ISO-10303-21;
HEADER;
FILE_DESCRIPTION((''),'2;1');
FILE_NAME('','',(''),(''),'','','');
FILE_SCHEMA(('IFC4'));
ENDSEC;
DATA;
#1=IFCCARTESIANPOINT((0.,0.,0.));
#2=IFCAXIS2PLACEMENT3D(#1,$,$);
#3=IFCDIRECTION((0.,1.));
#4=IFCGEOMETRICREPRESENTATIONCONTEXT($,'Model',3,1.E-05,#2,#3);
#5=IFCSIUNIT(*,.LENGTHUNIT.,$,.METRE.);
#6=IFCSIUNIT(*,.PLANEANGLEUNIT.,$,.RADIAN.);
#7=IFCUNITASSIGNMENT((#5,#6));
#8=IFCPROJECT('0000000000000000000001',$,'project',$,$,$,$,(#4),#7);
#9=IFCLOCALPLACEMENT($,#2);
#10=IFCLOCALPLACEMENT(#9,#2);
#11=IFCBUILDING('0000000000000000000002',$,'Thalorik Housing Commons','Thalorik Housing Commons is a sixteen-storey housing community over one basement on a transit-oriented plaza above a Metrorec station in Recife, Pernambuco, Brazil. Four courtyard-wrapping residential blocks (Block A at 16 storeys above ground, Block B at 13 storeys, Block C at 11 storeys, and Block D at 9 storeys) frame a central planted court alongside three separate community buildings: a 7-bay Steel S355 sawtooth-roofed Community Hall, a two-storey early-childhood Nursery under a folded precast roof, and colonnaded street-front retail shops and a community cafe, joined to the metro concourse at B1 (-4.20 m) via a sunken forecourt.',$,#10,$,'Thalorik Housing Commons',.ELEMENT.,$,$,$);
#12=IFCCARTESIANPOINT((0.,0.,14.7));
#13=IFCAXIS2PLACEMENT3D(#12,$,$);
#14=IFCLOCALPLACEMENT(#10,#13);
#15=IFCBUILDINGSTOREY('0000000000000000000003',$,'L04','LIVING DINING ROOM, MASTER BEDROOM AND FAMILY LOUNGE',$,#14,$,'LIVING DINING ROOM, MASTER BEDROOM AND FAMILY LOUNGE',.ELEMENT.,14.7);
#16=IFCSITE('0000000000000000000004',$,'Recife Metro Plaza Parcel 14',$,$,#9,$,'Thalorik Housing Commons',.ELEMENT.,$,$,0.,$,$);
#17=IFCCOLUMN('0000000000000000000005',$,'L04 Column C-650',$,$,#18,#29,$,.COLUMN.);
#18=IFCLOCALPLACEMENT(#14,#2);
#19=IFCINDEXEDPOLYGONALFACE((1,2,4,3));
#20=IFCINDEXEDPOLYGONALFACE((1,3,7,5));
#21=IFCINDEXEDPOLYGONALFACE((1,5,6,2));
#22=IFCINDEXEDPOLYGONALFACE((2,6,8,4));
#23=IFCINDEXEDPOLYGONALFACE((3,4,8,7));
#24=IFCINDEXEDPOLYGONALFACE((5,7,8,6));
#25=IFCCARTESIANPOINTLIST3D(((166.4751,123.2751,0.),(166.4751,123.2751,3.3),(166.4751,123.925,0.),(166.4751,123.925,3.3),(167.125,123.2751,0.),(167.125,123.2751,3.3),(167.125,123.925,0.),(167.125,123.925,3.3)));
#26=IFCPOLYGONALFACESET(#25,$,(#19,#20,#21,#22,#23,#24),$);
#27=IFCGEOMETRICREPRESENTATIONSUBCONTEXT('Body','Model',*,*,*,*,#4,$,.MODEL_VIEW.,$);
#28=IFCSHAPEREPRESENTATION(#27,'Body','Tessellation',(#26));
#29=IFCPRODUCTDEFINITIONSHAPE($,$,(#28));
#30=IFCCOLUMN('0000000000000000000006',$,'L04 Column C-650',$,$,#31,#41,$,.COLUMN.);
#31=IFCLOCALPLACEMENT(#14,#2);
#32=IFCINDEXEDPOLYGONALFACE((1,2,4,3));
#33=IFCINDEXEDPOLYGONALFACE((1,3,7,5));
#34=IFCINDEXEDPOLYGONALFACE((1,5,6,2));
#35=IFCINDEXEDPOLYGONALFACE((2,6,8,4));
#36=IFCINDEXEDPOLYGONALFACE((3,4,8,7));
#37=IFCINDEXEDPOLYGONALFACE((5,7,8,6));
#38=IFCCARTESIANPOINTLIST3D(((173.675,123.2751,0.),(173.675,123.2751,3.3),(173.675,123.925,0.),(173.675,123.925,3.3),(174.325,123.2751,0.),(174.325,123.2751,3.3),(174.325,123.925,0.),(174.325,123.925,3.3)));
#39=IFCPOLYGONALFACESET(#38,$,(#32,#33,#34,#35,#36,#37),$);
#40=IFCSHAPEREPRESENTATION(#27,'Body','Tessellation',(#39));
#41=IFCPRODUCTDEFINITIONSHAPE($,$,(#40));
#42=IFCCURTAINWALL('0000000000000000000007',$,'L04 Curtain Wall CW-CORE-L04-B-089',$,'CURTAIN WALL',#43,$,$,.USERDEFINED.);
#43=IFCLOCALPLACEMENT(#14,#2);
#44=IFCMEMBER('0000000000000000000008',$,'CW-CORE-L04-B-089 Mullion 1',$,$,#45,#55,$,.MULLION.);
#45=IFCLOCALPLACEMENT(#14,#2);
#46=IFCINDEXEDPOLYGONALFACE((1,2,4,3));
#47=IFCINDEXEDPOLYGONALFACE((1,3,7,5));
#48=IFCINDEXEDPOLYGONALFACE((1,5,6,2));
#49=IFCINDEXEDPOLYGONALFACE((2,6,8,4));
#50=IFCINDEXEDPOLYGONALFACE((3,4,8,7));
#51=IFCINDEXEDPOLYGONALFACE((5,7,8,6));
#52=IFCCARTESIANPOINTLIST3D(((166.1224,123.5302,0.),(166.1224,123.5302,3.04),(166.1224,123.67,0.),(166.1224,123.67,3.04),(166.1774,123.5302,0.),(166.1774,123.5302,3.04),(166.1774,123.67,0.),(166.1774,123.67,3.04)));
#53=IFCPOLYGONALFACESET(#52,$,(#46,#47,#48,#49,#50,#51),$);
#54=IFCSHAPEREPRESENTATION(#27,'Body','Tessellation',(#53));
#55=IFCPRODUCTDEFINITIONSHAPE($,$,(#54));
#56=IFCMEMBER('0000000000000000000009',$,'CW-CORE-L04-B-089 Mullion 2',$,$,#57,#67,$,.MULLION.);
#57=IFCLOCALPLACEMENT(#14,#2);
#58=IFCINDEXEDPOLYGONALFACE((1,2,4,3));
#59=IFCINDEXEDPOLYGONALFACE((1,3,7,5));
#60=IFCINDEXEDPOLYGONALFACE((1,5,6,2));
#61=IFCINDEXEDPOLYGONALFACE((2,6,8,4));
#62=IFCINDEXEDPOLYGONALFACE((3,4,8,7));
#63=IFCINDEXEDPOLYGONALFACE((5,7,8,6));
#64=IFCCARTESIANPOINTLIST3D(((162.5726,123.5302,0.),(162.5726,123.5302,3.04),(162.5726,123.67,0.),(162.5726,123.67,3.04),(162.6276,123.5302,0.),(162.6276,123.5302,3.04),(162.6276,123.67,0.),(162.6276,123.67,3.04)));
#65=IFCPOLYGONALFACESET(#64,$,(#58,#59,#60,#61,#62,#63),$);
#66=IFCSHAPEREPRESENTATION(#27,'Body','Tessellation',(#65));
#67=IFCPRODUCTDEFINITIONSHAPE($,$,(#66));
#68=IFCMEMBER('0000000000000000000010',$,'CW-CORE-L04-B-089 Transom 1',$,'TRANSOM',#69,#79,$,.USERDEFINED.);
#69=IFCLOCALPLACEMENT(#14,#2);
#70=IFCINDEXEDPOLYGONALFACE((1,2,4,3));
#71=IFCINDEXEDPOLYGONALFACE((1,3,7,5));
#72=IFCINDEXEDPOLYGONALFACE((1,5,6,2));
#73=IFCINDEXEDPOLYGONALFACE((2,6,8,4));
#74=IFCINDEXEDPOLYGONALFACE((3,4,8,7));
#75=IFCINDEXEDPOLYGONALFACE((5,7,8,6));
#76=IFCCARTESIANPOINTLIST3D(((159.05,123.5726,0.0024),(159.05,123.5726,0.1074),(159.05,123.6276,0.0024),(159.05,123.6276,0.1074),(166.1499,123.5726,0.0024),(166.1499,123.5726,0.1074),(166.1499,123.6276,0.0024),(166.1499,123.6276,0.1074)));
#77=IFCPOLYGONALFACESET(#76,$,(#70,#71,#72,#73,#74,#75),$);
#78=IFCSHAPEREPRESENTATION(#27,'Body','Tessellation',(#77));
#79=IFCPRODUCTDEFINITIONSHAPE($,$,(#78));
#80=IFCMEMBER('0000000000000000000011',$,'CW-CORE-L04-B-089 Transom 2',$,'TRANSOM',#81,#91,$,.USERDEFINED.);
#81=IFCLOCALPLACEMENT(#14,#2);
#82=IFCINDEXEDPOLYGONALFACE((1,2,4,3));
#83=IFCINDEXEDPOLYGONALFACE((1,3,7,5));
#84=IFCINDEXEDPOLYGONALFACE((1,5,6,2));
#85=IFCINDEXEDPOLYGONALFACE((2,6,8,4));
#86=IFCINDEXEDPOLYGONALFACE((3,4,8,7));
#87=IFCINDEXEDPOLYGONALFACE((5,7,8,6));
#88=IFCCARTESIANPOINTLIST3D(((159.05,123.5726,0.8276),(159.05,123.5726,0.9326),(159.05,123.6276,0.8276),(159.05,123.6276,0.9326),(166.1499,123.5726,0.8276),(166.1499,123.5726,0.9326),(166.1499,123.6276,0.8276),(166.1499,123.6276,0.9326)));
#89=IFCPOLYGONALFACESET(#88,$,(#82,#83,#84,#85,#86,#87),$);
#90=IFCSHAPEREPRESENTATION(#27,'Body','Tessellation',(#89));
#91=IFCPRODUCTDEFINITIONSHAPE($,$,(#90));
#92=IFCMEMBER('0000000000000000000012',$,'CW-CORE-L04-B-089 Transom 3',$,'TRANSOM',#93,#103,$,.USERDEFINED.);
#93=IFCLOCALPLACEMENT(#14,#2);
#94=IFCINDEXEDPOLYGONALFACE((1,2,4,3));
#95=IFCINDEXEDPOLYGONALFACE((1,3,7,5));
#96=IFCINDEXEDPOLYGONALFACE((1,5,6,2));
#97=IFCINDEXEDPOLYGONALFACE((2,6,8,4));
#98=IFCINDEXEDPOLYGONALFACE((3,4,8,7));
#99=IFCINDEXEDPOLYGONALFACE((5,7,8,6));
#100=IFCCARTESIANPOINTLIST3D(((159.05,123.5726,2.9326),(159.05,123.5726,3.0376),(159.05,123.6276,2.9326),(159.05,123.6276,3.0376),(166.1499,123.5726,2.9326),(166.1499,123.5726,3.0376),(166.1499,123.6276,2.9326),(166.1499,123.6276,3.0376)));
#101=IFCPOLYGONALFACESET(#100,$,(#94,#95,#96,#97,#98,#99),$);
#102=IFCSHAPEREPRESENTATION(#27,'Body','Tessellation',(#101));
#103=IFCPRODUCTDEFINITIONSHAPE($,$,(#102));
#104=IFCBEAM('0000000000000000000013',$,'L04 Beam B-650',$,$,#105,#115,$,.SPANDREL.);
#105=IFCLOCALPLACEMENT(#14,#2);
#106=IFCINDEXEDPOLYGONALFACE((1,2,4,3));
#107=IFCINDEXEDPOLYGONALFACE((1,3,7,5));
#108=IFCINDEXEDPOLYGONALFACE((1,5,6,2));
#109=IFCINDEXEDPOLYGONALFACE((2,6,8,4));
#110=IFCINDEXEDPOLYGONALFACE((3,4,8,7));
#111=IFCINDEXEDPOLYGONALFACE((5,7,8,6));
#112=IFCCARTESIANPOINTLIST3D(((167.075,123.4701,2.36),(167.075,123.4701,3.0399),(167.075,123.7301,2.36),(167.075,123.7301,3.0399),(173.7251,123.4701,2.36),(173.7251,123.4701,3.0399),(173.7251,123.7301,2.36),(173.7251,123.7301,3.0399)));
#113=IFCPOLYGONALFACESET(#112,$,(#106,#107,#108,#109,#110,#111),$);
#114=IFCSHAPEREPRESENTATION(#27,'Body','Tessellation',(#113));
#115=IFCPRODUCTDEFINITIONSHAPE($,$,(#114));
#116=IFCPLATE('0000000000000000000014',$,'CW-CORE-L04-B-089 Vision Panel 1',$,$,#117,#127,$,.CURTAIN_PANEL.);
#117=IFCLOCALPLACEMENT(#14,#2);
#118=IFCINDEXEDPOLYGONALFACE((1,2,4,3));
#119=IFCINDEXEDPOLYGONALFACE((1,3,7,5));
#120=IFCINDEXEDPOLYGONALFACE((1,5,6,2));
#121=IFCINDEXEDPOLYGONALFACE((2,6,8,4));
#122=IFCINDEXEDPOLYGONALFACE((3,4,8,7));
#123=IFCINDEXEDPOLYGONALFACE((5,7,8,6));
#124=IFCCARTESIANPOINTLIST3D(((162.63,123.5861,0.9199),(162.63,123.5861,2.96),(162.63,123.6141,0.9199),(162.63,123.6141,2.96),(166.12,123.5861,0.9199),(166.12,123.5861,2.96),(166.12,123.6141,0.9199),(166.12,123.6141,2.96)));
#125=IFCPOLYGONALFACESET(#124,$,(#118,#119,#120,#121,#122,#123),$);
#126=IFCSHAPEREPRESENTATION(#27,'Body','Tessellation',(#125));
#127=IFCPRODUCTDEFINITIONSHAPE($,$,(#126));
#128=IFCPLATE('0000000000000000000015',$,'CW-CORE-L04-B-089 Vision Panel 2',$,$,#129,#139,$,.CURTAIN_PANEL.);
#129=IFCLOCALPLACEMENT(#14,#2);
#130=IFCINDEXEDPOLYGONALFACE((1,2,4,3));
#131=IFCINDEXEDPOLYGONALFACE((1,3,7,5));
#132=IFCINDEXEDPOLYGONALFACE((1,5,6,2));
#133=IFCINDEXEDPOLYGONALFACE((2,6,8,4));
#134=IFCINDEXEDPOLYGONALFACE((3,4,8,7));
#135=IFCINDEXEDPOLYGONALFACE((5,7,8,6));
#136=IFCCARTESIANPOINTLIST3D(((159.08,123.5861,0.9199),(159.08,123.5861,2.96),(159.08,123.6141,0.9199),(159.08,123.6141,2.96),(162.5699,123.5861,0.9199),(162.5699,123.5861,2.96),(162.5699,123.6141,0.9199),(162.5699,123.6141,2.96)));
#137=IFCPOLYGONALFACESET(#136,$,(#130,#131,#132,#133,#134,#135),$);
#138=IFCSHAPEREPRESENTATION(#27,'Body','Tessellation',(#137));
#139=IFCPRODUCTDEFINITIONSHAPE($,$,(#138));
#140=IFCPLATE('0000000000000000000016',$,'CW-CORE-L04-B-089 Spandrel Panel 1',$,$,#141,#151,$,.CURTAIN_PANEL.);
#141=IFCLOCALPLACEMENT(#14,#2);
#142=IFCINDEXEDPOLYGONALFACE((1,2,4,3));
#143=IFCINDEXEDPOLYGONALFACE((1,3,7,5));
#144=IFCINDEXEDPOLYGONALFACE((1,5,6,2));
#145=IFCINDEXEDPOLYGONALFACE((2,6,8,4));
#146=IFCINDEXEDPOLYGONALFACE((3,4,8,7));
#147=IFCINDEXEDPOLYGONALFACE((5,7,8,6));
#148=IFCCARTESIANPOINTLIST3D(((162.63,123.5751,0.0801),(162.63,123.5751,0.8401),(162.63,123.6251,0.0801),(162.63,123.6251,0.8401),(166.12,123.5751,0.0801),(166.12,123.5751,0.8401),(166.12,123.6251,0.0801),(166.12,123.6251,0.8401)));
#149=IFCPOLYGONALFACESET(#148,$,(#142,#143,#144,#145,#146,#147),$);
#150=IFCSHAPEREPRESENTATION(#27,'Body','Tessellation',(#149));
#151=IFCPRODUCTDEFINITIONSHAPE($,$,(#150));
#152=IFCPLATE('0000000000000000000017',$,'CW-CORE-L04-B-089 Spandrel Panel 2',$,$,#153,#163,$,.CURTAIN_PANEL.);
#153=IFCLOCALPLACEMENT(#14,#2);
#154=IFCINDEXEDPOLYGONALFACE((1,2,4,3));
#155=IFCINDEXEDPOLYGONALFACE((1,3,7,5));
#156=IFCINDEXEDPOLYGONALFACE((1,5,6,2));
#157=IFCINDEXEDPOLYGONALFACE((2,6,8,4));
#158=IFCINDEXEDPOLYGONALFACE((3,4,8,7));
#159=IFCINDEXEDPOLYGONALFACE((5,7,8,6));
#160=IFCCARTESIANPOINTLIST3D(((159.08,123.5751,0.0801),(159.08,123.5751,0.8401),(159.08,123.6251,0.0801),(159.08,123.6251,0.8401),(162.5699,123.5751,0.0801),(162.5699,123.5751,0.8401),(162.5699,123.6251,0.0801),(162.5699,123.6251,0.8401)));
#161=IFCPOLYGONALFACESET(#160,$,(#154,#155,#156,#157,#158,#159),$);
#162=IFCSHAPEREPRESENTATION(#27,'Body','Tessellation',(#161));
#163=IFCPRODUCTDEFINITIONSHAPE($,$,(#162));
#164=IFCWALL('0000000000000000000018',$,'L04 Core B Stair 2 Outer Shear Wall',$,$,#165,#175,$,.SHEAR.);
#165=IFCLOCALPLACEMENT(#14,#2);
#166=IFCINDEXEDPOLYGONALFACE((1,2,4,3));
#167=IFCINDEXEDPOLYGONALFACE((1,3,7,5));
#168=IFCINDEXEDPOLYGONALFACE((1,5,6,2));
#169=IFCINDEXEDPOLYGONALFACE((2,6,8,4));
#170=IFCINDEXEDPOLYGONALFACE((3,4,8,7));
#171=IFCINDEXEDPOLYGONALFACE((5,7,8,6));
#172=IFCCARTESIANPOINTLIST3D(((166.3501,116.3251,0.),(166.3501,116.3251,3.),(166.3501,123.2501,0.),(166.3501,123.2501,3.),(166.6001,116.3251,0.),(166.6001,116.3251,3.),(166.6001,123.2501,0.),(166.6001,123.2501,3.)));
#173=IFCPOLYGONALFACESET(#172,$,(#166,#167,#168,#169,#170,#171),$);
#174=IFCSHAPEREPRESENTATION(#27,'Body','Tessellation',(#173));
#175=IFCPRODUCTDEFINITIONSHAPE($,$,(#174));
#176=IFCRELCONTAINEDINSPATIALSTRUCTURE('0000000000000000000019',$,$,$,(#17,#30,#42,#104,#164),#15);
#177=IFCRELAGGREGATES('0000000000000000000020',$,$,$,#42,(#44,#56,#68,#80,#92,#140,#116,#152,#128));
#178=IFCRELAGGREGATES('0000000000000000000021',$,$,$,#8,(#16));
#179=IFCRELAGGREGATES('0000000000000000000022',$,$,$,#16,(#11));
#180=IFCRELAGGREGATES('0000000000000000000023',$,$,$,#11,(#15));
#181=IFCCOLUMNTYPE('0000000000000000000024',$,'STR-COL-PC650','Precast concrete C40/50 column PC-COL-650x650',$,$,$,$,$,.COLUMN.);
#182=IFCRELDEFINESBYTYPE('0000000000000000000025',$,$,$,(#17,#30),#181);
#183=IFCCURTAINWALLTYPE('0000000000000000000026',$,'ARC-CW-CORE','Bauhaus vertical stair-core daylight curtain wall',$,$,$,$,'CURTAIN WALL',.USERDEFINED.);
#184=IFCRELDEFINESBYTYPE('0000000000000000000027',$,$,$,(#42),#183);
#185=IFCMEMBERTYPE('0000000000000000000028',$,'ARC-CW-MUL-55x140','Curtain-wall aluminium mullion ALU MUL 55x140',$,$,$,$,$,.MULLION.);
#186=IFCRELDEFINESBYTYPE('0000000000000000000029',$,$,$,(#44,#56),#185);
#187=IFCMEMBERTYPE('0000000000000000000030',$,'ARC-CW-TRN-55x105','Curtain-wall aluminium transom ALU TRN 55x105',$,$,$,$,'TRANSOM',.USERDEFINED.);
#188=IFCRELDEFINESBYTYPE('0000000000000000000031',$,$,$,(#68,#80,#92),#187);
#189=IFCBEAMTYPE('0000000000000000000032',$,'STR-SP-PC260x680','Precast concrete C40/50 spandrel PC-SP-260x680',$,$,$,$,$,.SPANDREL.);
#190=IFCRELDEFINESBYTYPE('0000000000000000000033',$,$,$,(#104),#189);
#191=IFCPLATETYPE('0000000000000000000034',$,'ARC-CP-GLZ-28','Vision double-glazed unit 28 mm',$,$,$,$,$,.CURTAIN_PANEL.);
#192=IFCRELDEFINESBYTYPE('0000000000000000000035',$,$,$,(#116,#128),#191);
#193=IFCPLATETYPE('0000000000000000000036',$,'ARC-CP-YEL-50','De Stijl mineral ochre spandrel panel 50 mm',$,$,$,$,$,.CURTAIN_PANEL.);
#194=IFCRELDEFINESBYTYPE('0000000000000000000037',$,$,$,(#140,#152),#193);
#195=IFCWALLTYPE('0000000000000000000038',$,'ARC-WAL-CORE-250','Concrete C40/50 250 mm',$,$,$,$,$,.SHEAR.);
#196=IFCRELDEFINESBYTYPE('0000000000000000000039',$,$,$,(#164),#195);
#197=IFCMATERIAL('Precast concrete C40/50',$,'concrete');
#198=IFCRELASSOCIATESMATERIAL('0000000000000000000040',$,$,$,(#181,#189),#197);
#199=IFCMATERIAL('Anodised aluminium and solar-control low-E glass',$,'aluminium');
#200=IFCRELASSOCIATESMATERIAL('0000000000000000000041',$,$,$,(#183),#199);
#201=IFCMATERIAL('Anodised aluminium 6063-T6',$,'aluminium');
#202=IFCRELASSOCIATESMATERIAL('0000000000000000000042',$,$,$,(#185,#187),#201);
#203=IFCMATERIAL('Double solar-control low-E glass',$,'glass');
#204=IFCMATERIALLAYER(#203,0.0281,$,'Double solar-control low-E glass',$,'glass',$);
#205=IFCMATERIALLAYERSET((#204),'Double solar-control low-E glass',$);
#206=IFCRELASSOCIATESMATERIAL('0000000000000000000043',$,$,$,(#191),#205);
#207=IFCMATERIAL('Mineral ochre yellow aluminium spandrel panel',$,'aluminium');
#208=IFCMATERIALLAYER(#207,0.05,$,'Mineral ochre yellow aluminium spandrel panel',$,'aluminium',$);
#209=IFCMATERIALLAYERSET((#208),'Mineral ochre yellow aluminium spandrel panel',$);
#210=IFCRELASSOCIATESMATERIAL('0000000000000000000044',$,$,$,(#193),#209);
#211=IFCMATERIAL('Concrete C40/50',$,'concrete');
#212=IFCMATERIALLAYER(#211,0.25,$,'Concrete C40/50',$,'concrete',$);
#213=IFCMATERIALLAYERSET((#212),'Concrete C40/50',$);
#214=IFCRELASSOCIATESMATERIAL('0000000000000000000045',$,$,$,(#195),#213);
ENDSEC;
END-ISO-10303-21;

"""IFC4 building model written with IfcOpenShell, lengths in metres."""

from ifc_helpers import new_model, si_unit, direction, frame, frame_2d, origin, origin_2d, place, context, subcontext, project, spatial, rectangle, extrude, material, layer, layer_set, material_profile, profile_set, type_object, element, aggregate, save


model = new_model("IFC4")

# Units and contexts
model_context = context("Model", 3, precision=1e-05, world=origin(), true_north=direction((0.0, 1.0)))
body_context = subcontext(model_context, "Body", "Model", "MODEL_VIEW")
ifc_project = project(units=[si_unit("LENGTHUNIT", "METRE"), si_unit("PLANEANGLEUNIT", "RADIAN")], contexts=[model_context])

# Site, building, storey
site_placement = place(None, origin())
site = spatial("IfcSite", under=ifc_project, at=site_placement, Name="Recife Metro Plaza Parcel 14", LongName="Thalorik Housing Commons", CompositionType="ELEMENT", RefElevation=0.0)
building_placement = place(site_placement, origin())
building = spatial("IfcBuilding", under=site, at=building_placement, Name="Thalorik Housing Commons", Description="Thalorik Housing Commons is a sixteen-storey housing community over one basement on a transit-oriented plaza above a Metrorec station in Recife, Pernambuco, Brazil. Four courtyard-wrapping residential blocks (Block A at 16 storeys above ground, Block B at 13 storeys, Block C at 11 storeys, and Block D at 9 storeys) frame a central planted court alongside three separate community buildings: a 7-bay Steel S355 sawtooth-roofed Community Hall, a two-storey early-childhood Nursery under a folded precast roof, and colonnaded street-front retail shops and a community cafe, joined to the metro concourse at B1 (-4.20 m) via a sunken forecourt.", LongName="Thalorik Housing Commons", CompositionType="ELEMENT")
storey_placement = place(building_placement, frame((0.0, 0.0, 14.7)))
storey = spatial("IfcBuildingStorey", under=building, at=storey_placement, Name="L04", Description="LIVING DINING ROOM, MASTER BEDROOM AND FAMILY LOUNGE", LongName="LIVING DINING ROOM, MASTER BEDROOM AND FAMILY LOUNGE", CompositionType="ELEMENT", Elevation=14.7)

# Columns
ifc_material_1 = material(Name="Precast concrete C40/50", Category="concrete")
ifc_material_profile_1 = material_profile(ifc_material_1, rectangle(XDim=0.6499, YDim=0.6499, at=origin_2d()), Name="PC 650x650", Category="concrete")
ifc_profile_set_1 = profile_set([ifc_material_profile_1], Name="Precast concrete C40/50")
column_type = type_object("IfcColumnType", Name="STR-COL-PC650", Description="Precast concrete C40/50 column PC-COL-650x650", PredefinedType="COLUMN", material=ifc_profile_set_1)
for number, where, z_axis, x_axis, name in (
    (1, (166.8, 123.6001, 0.0), (0.0, 0.0, 1.0), (1.0, 0.0, 0.0), "L04 Column C-650"),
    (2, (174.0, 123.6001, 0.0), (0.0, 0.0, 1.0), (1.0, 0.0, 0.0), "L04 Column C-650"),
):
    element("IfcColumn", number, at=place(storey_placement, frame(where, z_axis=z_axis, x_axis=x_axis)), inside=storey, type_object=column_type, Name=name, PredefinedType="COLUMN", context=body_context, shape_type="SweptSolid", body=[
        extrude(rectangle(XDim=0.6499, YDim=0.6499, at=origin_2d()), origin(), (0.0, 0.0, 1.0), 3.3),
    ])

# Curtain wall, members
ifc_material_2 = material(Name="Anodised aluminium and solar-control low-E glass", Category="aluminium")
curtain_wall_type = type_object("IfcCurtainWallType", Name="ARC-CW-CORE", Description="Bauhaus vertical stair-core daylight curtain wall", ElementType="CURTAIN WALL", PredefinedType="USERDEFINED", material=ifc_material_2)
curtain_wall_placement = place(storey_placement, origin())
curtain_wall = element("IfcCurtainWall", 3, at=curtain_wall_placement, inside=storey, type_object=curtain_wall_type, Name="L04 Curtain Wall CW-CORE-L04-B-089", ObjectType="CURTAIN WALL", PredefinedType="USERDEFINED")
ifc_material_3 = material(Name="Anodised aluminium 6063-T6", Category="aluminium")
ifc_material_profile_2 = material_profile(ifc_material_3, rectangle(XDim=0.0549, YDim=0.1399, at=origin_2d()), Name="ALU MUL 55x140", Category="aluminium")
ifc_profile_set_2 = profile_set([ifc_material_profile_2], Name="Anodised aluminium 6063-T6")
member_type_1 = type_object("IfcMemberType", Name="ARC-CW-MUL-55x140", Description="Curtain-wall aluminium mullion ALU MUL 55x140", PredefinedType="MULLION", material=ifc_profile_set_2)
member_1_placement = place(storey_placement, frame((166.1499, 123.6001, 0.0), z_axis=(0.0, 0.0, 1.0), x_axis=(-1.0, 0.0, 0.0)))
member_1 = element("IfcMember", 4, at=member_1_placement, type_object=member_type_1, Name="CW-CORE-L04-B-089 Mullion 1", PredefinedType="MULLION", context=body_context, shape_type="SweptSolid", body=[
    extrude(rectangle(XDim=0.0549, YDim=0.1399, at=origin_2d()), origin(), (0.0, 0.0, 1.0), 3.04),
])
member_2_placement = place(storey_placement, frame((162.6001, 123.6001, 0.0), z_axis=(0.0, 0.0, 1.0), x_axis=(-1.0, 0.0, 0.0)))
member_2 = element("IfcMember", 5, at=member_2_placement, type_object=member_type_1, Name="CW-CORE-L04-B-089 Mullion 2", PredefinedType="MULLION", context=body_context, shape_type="SweptSolid", body=[
    extrude(rectangle(XDim=0.0549, YDim=0.1399, at=origin_2d()), origin(), (0.0, 0.0, 1.0), 3.04),
])
ifc_material_profile_3 = material_profile(ifc_material_3, rectangle(XDim=0.0549, YDim=0.105, at=origin_2d()), Name="ALU TRN 55x105", Category="aluminium")
ifc_profile_set_3 = profile_set([ifc_material_profile_3], Name="Anodised aluminium 6063-T6")
member_type_2 = type_object("IfcMemberType", Name="ARC-CW-TRN-55x105", Description="Curtain-wall aluminium transom ALU TRN 55x105", ElementType="TRANSOM", PredefinedType="USERDEFINED", material=ifc_profile_set_3)
member_3_placement = place(storey_placement, frame((166.1499, 123.6001, 0.0549), z_axis=(-1.0, 0.0, 0.0), x_axis=(0.0, -1.0, 0.0)))
member_3 = element("IfcMember", 6, at=member_3_placement, type_object=member_type_2, Name="CW-CORE-L04-B-089 Transom 1", ObjectType="TRANSOM", PredefinedType="USERDEFINED", context=body_context, shape_type="SweptSolid", body=[
    extrude(rectangle(XDim=0.0549, YDim=0.105, at=origin_2d()), origin(), (0.0, 0.0, 1.0), 7.0999),
])
member_4_placement = place(storey_placement, frame((166.1499, 123.6001, 0.8801), z_axis=(-1.0, 0.0, 0.0), x_axis=(0.0, -1.0, 0.0)))
member_4 = element("IfcMember", 7, at=member_4_placement, type_object=member_type_2, Name="CW-CORE-L04-B-089 Transom 2", ObjectType="TRANSOM", PredefinedType="USERDEFINED", context=body_context, shape_type="SweptSolid", body=[
    extrude(rectangle(XDim=0.0549, YDim=0.105, at=origin_2d()), origin(), (0.0, 0.0, 1.0), 7.0999),
])
member_5_placement = place(storey_placement, frame((166.1499, 123.6001, 2.9851), z_axis=(-1.0, 0.0, 0.0), x_axis=(0.0, -1.0, 0.0)))
member_5 = element("IfcMember", 8, at=member_5_placement, type_object=member_type_2, Name="CW-CORE-L04-B-089 Transom 3", ObjectType="TRANSOM", PredefinedType="USERDEFINED", context=body_context, shape_type="SweptSolid", body=[
    extrude(rectangle(XDim=0.0549, YDim=0.105, at=origin_2d()), origin(), (0.0, 0.0, 1.0), 7.0999),
])

# Beam
ifc_material_profile_4 = material_profile(ifc_material_1, rectangle(XDim=0.26, YDim=0.6799, at=origin_2d()), Name="PC SP 260x680", Category="concrete")
ifc_profile_set_4 = profile_set([ifc_material_profile_4], Name="Precast concrete C40/50")
beam_type = type_object("IfcBeamType", Name="STR-SP-PC260x680", Description="Precast concrete C40/50 spandrel PC-SP-260x680", PredefinedType="SPANDREL", material=ifc_profile_set_4)
beam_placement = place(storey_placement, frame((167.075, 123.6001, 2.7), z_axis=(1.0, 0.0, 0.0), x_axis=(0.0, 1.0, 0.0)))
element("IfcBeam", 9, at=beam_placement, inside=storey, type_object=beam_type, Name="L04 Beam B-650", PredefinedType="SPANDREL", context=body_context, shape_type="SweptSolid", body=[
    extrude(rectangle(XDim=0.26, YDim=0.6799, at=origin_2d()), origin(), (0.0, 0.0, 1.0), 6.6501),
])

# Plates
ifc_material_4 = material(Name="Double solar-control low-E glass", Category="glass")
ifc_layer_1 = layer(ifc_material_4, 0.0281, Name="Double solar-control low-E glass", Category="glass")
ifc_layer_set_1 = layer_set([ifc_layer_1], Name="Double solar-control low-E glass")
plate_type_1 = type_object("IfcPlateType", Name="ARC-CP-GLZ-28", Description="Vision double-glazed unit 28 mm", PredefinedType="CURTAIN_PANEL", material=ifc_layer_set_1)
plate_1_placement = place(storey_placement, frame((164.375, 123.6001, 0.9199), z_axis=(0.0, 0.0, 1.0), x_axis=(-1.0, 0.0, 0.0)))
plate_1 = element("IfcPlate", 10, at=plate_1_placement, type_object=plate_type_1, Name="CW-CORE-L04-B-089 Vision Panel 1", PredefinedType="CURTAIN_PANEL", context=body_context, shape_type="SweptSolid", body=[
    extrude(rectangle(XDim=3.49, YDim=0.0281, at=origin_2d()), origin(), (0.0, 0.0, 1.0), 2.04),
])
plate_2_placement = place(storey_placement, frame((160.825, 123.6001, 0.9199), z_axis=(0.0, 0.0, 1.0), x_axis=(-1.0, 0.0, 0.0)))
plate_2 = element("IfcPlate", 11, at=plate_2_placement, type_object=plate_type_1, Name="CW-CORE-L04-B-089 Vision Panel 2", PredefinedType="CURTAIN_PANEL", context=body_context, shape_type="SweptSolid", body=[
    extrude(rectangle(XDim=3.49, YDim=0.0281, at=origin_2d()), origin(), (0.0, 0.0, 1.0), 2.04),
])
ifc_material_5 = material(Name="Mineral ochre yellow aluminium spandrel panel", Category="aluminium")
ifc_layer_2 = layer(ifc_material_5, 0.05, Name="Mineral ochre yellow aluminium spandrel panel", Category="aluminium")
ifc_layer_set_2 = layer_set([ifc_layer_2], Name="Mineral ochre yellow aluminium spandrel panel")
plate_type_2 = type_object("IfcPlateType", Name="ARC-CP-YEL-50", Description="De Stijl mineral ochre spandrel panel 50 mm", PredefinedType="CURTAIN_PANEL", material=ifc_layer_set_2)
plate_3_placement = place(storey_placement, frame((164.375, 123.6001, 0.0801), z_axis=(0.0, 0.0, 1.0), x_axis=(-1.0, 0.0, 0.0)))
plate_3 = element("IfcPlate", 12, at=plate_3_placement, type_object=plate_type_2, Name="CW-CORE-L04-B-089 Spandrel Panel 1", PredefinedType="CURTAIN_PANEL", context=body_context, shape_type="SweptSolid", body=[
    extrude(rectangle(XDim=3.49, YDim=0.05, at=origin_2d()), origin(), (0.0, 0.0, 1.0), 0.76),
])
plate_4_placement = place(storey_placement, frame((160.825, 123.6001, 0.0801), z_axis=(0.0, 0.0, 1.0), x_axis=(-1.0, 0.0, 0.0)))
plate_4 = element("IfcPlate", 13, at=plate_4_placement, type_object=plate_type_2, Name="CW-CORE-L04-B-089 Spandrel Panel 2", PredefinedType="CURTAIN_PANEL", context=body_context, shape_type="SweptSolid", body=[
    extrude(rectangle(XDim=3.49, YDim=0.05, at=origin_2d()), origin(), (0.0, 0.0, 1.0), 0.76),
])
aggregate(curtain_wall, [member_1, member_2, member_3, member_4, member_5, plate_3, plate_1, plate_4, plate_2])

# Wall
ifc_material_6 = material(Name="Concrete C40/50", Category="concrete")
ifc_layer_3 = layer(ifc_material_6, 0.25, Name="Concrete C40/50", Category="concrete")
ifc_layer_set_3 = layer_set([ifc_layer_3], Name="Concrete C40/50")
wall_type_1 = type_object("IfcWallType", Name="ARC-WAL-CORE-250", Description="Concrete C40/50 250 mm", PredefinedType="SHEAR", material=ifc_layer_set_3)
wall_1_placement = place(storey_placement, frame((166.4751, 123.25, 0.0), z_axis=(0.0, 0.0, 1.0), x_axis=(0.0, -1.0, 0.0)))
element("IfcWall", 14, at=wall_1_placement, inside=storey, type_object=wall_type_1, Name="L04 Core B Stair 2 Outer Shear Wall", PredefinedType="SHEAR", context=body_context, shape_type="SweptSolid", body=[
    extrude(rectangle(XDim=6.925, YDim=0.25, at=frame_2d((3.4624, 0.0))), origin(), (0.0, 0.0, 1.0), 3.0),
])

save(model, "model.ifc")
